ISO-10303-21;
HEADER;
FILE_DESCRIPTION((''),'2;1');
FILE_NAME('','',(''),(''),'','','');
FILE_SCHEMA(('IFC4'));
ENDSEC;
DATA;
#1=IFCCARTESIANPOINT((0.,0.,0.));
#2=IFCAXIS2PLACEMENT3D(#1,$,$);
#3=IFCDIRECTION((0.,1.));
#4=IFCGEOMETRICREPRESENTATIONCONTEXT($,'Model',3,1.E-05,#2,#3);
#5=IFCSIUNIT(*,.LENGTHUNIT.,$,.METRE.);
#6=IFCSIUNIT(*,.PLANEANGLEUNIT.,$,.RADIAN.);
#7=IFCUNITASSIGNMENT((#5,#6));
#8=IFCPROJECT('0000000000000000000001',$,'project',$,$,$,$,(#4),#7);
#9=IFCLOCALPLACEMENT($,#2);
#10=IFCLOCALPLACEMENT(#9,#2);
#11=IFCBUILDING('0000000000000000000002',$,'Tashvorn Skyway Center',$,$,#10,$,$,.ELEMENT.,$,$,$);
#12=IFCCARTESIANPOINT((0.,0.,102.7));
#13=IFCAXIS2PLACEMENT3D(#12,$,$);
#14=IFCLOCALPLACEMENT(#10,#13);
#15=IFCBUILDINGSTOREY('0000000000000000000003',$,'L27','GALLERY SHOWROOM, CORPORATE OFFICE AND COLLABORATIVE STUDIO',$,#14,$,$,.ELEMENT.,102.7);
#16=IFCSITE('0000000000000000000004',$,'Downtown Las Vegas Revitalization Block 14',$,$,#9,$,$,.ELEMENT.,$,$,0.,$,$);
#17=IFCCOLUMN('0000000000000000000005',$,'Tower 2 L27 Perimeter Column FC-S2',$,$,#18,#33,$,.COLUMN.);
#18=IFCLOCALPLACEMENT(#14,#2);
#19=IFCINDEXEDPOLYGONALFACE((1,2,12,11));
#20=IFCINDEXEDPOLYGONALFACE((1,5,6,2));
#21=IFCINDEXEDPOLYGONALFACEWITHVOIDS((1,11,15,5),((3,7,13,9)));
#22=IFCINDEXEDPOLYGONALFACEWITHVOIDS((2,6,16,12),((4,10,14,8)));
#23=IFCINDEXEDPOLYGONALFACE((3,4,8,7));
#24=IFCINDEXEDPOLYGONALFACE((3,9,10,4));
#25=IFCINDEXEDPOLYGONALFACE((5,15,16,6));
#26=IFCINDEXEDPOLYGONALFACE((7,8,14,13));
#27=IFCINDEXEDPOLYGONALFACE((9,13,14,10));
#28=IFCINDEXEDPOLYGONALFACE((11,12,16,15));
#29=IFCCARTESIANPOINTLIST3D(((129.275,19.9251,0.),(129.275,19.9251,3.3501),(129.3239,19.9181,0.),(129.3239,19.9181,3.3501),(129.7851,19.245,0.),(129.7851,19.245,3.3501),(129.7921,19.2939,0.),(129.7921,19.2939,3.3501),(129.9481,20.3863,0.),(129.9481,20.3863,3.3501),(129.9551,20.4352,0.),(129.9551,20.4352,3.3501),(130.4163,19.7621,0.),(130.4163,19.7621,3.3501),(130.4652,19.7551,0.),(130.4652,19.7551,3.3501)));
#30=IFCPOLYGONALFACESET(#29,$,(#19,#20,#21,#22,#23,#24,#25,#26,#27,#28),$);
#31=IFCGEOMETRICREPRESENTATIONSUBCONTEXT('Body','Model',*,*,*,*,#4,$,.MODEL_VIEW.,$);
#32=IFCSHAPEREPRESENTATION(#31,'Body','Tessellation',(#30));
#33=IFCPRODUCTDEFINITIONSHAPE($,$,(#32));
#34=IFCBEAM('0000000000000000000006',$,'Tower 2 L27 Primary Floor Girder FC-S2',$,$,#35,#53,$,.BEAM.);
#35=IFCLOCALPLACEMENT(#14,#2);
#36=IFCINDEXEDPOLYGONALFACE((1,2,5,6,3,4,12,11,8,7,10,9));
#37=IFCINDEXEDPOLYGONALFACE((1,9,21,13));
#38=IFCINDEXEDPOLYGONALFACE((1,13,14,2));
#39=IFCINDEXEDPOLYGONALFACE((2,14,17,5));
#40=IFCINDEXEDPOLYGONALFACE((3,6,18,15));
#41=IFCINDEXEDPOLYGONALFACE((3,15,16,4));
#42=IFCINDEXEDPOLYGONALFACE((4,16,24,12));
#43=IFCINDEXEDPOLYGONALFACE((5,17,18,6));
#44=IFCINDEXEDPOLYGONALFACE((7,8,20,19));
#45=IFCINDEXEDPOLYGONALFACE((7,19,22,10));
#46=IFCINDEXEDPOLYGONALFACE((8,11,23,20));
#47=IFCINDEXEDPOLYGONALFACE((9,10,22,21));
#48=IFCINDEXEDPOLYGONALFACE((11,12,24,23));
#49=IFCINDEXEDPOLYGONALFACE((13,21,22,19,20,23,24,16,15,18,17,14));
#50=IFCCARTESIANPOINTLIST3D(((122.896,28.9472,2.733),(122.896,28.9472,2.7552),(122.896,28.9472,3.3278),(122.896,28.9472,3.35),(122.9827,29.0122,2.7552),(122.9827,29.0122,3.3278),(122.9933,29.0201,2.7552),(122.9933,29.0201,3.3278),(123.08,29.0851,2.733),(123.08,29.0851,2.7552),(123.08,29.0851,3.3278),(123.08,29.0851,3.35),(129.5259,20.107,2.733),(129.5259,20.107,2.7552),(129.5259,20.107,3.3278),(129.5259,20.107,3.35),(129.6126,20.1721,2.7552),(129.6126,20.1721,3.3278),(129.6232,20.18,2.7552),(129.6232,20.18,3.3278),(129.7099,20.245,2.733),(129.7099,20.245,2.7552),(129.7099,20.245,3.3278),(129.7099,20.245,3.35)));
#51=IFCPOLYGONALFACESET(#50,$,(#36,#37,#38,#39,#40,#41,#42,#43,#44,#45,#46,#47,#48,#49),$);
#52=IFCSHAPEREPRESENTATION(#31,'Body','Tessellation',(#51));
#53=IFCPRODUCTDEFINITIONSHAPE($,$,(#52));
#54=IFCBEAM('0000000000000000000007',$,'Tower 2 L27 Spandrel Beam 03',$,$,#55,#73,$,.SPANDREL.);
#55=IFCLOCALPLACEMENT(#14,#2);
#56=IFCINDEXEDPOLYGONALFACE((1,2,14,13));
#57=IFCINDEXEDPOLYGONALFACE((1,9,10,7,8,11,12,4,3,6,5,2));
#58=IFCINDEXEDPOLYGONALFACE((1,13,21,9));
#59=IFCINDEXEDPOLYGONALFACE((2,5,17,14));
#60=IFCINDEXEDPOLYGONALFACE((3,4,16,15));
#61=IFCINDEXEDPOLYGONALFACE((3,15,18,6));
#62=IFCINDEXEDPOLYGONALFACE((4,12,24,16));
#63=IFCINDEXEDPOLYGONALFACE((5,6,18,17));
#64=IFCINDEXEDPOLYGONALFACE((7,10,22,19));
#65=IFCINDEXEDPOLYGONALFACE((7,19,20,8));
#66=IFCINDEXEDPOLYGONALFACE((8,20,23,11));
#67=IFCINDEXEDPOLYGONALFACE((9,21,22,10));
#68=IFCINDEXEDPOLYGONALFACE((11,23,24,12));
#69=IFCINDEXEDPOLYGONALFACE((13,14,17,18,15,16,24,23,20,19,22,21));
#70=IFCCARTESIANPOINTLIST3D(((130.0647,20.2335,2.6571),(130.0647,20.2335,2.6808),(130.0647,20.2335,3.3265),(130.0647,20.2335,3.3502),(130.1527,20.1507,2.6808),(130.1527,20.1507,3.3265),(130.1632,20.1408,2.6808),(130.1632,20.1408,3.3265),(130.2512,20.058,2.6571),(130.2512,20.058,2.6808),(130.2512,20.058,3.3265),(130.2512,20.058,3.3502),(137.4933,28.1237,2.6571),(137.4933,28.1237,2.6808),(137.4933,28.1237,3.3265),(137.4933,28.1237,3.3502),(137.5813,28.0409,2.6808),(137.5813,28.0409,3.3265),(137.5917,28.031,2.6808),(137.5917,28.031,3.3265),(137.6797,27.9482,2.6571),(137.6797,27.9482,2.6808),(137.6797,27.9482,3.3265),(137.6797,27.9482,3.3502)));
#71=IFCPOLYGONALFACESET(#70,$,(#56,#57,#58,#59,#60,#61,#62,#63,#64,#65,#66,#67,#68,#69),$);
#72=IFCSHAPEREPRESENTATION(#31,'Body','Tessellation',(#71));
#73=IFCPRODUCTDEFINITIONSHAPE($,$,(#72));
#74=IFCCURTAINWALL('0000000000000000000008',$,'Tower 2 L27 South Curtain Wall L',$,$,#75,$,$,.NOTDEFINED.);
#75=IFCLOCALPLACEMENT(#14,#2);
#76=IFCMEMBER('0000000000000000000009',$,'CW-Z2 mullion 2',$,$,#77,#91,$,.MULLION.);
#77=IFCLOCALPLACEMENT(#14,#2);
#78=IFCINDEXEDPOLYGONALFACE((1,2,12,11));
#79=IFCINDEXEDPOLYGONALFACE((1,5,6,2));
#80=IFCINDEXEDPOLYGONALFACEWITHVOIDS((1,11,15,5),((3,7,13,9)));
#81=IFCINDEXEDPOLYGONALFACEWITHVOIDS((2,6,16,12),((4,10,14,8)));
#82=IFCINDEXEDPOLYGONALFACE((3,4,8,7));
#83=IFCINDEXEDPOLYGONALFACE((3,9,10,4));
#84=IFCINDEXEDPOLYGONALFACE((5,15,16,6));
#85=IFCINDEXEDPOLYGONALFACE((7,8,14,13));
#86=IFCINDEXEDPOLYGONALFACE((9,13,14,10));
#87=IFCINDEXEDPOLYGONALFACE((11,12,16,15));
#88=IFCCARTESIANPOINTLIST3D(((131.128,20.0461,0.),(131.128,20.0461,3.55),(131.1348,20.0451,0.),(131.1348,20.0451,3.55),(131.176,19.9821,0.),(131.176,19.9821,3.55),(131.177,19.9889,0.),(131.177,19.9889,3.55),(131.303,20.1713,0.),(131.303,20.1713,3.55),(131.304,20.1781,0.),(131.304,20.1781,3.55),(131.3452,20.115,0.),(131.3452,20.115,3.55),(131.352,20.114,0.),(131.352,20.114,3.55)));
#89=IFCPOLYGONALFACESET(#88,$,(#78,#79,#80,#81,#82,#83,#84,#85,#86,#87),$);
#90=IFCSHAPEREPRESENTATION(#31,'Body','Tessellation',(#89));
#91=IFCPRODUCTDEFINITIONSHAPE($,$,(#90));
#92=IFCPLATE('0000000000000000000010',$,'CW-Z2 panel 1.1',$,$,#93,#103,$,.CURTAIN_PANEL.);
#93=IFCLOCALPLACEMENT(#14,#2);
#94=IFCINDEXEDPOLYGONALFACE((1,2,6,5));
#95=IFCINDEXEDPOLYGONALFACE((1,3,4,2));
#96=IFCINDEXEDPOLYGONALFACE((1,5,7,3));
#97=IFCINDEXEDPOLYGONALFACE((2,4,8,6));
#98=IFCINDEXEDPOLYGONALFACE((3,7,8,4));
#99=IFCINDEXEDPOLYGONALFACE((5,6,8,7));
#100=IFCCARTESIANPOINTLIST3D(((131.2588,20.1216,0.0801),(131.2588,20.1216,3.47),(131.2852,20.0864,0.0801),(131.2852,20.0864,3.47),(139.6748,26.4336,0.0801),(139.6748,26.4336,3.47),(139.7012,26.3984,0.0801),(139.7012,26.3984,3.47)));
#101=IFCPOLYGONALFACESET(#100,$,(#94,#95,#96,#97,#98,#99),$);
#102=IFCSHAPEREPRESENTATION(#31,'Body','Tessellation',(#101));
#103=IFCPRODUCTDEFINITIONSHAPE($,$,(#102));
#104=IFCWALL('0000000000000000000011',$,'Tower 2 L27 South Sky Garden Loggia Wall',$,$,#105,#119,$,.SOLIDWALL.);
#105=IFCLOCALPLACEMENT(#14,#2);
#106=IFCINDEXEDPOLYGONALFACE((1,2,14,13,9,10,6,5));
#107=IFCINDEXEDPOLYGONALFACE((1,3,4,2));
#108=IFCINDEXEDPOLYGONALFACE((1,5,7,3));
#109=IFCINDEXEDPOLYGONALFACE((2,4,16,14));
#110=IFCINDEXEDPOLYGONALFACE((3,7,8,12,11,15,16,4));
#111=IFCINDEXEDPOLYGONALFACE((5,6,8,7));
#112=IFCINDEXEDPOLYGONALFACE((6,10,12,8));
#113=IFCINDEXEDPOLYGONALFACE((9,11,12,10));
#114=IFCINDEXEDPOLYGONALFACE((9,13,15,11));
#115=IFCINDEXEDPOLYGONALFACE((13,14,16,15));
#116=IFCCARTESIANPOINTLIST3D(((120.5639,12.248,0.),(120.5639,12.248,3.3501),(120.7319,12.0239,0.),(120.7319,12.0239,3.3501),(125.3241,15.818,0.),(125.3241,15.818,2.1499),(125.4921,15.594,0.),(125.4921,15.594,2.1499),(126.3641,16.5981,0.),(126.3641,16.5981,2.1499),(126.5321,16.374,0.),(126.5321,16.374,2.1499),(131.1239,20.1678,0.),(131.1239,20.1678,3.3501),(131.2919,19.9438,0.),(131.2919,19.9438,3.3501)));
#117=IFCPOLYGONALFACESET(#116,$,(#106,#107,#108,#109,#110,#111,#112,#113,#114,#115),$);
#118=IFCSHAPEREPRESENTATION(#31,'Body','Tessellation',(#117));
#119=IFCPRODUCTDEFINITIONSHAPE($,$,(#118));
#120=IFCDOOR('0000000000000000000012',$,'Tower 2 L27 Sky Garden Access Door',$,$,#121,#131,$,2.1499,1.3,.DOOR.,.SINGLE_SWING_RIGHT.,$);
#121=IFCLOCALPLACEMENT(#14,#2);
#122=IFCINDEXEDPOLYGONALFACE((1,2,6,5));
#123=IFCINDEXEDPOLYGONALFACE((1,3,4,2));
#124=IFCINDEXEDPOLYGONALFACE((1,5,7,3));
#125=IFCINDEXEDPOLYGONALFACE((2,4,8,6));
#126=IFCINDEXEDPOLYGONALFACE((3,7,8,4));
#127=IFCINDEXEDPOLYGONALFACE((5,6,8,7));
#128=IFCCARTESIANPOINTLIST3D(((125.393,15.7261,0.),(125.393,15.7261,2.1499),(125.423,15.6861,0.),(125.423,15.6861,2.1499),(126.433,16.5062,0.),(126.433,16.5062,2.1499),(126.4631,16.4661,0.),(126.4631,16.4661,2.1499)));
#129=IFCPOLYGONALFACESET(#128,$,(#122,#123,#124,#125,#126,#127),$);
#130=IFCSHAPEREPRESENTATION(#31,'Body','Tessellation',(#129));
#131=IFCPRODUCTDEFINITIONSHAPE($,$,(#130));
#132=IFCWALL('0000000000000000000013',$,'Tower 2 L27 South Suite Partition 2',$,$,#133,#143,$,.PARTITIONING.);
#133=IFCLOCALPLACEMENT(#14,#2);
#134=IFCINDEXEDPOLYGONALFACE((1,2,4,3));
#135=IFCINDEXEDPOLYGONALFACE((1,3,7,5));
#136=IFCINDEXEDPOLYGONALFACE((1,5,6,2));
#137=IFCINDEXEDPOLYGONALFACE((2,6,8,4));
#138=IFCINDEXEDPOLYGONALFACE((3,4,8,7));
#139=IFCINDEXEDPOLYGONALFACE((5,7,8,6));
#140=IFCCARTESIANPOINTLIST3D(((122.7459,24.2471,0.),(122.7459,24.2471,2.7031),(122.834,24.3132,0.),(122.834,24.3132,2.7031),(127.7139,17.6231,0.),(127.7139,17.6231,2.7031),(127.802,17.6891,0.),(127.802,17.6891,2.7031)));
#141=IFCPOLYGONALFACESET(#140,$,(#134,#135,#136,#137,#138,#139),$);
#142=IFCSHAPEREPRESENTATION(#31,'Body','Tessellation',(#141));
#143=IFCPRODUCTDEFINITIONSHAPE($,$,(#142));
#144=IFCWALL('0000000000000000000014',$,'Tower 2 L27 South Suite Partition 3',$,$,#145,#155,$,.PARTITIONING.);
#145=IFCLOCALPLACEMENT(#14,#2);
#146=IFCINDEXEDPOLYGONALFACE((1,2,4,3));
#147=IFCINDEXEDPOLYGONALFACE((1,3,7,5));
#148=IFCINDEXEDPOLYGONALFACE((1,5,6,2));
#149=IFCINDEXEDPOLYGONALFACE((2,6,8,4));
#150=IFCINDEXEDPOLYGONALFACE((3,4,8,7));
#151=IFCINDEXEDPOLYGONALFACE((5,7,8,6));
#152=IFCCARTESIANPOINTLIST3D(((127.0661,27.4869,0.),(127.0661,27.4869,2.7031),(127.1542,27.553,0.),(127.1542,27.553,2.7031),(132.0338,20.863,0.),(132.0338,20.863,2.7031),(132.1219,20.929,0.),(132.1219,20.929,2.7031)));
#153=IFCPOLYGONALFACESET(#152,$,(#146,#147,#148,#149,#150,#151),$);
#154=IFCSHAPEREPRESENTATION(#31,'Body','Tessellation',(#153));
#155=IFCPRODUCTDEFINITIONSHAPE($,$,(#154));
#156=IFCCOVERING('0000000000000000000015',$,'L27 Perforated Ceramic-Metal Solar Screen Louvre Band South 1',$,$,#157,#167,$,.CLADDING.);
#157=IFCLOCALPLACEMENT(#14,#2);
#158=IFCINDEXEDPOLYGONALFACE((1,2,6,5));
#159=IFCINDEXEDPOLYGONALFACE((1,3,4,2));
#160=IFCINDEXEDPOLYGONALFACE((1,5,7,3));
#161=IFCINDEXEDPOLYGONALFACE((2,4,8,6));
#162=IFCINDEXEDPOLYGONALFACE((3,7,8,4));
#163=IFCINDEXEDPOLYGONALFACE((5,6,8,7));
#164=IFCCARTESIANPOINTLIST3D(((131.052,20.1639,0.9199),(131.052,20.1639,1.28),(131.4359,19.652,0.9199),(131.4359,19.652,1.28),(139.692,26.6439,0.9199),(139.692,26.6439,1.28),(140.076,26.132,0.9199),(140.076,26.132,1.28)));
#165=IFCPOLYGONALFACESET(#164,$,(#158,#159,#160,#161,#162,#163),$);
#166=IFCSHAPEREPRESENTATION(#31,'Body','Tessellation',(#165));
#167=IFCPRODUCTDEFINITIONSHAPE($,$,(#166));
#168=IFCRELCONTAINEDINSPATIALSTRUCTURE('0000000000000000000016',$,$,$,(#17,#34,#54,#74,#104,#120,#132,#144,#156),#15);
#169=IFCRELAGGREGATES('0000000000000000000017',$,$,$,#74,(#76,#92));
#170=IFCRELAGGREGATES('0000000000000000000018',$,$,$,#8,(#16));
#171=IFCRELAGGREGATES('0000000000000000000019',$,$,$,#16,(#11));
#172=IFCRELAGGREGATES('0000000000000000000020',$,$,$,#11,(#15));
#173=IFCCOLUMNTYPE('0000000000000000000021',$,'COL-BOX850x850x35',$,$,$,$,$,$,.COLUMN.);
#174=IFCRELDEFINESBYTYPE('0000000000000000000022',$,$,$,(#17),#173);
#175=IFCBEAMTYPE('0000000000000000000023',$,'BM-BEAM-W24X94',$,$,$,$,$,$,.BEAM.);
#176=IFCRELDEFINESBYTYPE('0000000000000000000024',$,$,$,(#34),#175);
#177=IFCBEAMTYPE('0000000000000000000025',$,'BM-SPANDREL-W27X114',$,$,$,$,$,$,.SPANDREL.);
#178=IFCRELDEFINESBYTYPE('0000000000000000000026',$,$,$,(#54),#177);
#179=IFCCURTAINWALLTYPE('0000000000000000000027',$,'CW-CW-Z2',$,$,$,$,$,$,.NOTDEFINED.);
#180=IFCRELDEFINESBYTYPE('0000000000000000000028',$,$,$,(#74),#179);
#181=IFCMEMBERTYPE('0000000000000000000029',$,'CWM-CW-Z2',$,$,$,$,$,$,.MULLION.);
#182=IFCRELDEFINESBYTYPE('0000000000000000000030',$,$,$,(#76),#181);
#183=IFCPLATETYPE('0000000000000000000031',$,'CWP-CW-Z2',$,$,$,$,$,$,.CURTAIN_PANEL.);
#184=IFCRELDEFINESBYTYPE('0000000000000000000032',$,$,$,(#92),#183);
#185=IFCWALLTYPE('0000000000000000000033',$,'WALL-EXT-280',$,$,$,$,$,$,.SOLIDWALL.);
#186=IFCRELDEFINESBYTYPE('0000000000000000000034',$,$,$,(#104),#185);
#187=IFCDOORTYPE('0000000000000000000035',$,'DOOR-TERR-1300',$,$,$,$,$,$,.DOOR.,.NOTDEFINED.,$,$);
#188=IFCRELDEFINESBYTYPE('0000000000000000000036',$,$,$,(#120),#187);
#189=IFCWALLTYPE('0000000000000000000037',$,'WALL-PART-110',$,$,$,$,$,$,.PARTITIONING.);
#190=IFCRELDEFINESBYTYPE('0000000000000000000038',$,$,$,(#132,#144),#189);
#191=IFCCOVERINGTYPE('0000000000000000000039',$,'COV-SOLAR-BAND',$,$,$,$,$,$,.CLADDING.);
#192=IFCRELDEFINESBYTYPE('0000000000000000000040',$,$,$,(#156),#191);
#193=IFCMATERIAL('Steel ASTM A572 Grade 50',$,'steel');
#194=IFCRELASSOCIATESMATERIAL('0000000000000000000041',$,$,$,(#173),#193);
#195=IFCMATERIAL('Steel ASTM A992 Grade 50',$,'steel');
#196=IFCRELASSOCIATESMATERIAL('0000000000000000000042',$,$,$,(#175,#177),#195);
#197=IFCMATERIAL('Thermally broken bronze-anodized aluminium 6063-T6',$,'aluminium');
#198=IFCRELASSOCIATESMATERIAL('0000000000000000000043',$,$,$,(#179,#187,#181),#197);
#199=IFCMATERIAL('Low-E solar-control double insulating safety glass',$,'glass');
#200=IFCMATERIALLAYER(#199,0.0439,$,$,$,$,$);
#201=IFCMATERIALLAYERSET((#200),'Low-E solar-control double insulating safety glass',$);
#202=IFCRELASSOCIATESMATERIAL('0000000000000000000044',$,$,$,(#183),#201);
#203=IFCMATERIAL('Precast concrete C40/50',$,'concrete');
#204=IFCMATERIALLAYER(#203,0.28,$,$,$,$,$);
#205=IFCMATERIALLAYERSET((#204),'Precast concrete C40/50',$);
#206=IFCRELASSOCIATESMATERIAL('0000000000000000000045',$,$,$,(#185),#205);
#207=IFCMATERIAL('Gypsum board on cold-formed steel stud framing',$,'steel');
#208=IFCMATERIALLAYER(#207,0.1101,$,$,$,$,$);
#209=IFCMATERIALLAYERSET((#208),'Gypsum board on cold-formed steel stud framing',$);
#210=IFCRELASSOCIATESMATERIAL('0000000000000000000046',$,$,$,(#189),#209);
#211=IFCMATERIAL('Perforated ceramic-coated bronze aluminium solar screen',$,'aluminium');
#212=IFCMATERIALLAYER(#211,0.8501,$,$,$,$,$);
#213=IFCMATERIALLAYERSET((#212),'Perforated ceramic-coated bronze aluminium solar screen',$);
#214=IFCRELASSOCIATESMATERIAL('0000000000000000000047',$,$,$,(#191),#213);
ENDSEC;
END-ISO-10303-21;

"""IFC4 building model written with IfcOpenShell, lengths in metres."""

from ifc_helpers import new_model, si_unit, direction, frame, frame_2d, origin, origin_2d, place, context, subcontext, project, spatial, rectangle, hollow_rectangle, i_section, extrude, material, layer, layer_set, material_profile, profile_set, type_object, element, fill, aggregate, save


model = new_model("IFC4")

# Units and contexts
model_context = context("Model", 3, precision=1e-05, world=origin(), true_north=direction((0.0, 1.0)))
body_context = subcontext(model_context, "Body", "Model", "MODEL_VIEW")
ifc_project = project(units=[si_unit("LENGTHUNIT", "METRE"), si_unit("PLANEANGLEUNIT", "RADIAN")], contexts=[model_context])

# Site, building, storey
site_placement = place(None, origin())
site = spatial("IfcSite", under=ifc_project, at=site_placement, Name="Downtown Las Vegas Revitalization Block 14", CompositionType="ELEMENT", RefElevation=0.0)
building_placement = place(site_placement, origin())
building = spatial("IfcBuilding", under=site, at=building_placement, Name="Tashvorn Skyway Center", CompositionType="ELEMENT")
storey_placement = place(building_placement, frame((0.0, 0.0, 102.7)))
storey = spatial("IfcBuildingStorey", under=building, at=storey_placement, Name="L27", Description="GALLERY SHOWROOM, CORPORATE OFFICE AND COLLABORATIVE STUDIO", CompositionType="ELEMENT", Elevation=102.7)

# Column
ifc_material_1 = material(Name="Steel ASTM A572 Grade 50", Category="steel")
ifc_material_profile_1 = material_profile(ifc_material_1, hollow_rectangle(XDim=0.8501, YDim=0.8501, WallThickness=0.0349, at=origin_2d()), Name="BOX850x850x35")
ifc_profile_set_1 = profile_set([ifc_material_profile_1], Name="Steel ASTM A572 Grade 50")
column_type = type_object("IfcColumnType", Name="COL-BOX850x850x35", PredefinedType="COLUMN", material=ifc_profile_set_1)
column_placement = place(storey_placement, frame((129.8701, 19.8401, 0.0), z_axis=(0.0, 0.0, 1.0), x_axis=(0.8, 0.6, 0.0)))
element("IfcColumn", 1, at=column_placement, inside=storey, type_object=column_type, Name="Tower 2 L27 Perimeter Column FC-S2", PredefinedType="COLUMN", context=body_context, shape_type="SweptSolid", body=[
    extrude(hollow_rectangle(XDim=0.8501, YDim=0.8501, WallThickness=0.0349, at=origin_2d()), origin(), (0.0, 0.0, 1.0), 3.3501),
])

# Beams
ifc_material_2 = material(Name="Steel ASTM A992 Grade 50", Category="steel")
ifc_material_profile_2 = material_profile(ifc_material_2, i_section(OverallWidth=0.23, OverallDepth=0.6169, WebThickness=0.0132, FlangeThickness=0.0222, at=origin_2d()), Name="W24X94")
ifc_profile_set_2 = profile_set([ifc_material_profile_2], Name="Steel ASTM A992 Grade 50")
beam_type_1 = type_object("IfcBeamType", Name="BM-BEAM-W24X94", PredefinedType="BEAM", material=ifc_profile_set_2)
beam_1_placement = place(storey_placement, frame((129.6179, 20.176, 3.0415), z_axis=(-0.599989, 0.800008, 0.0), x_axis=(-0.800008, -0.599989, 0.0)))
element("IfcBeam", 2, at=beam_1_placement, inside=storey, type_object=beam_type_1, Name="Tower 2 L27 Primary Floor Girder FC-S2", PredefinedType="BEAM", context=body_context, shape_type="SweptSolid", body=[
    extrude(i_section(OverallWidth=0.23, OverallDepth=0.6169, WebThickness=0.0132, FlangeThickness=0.0222, at=origin_2d()), origin(), (0.0, 0.0, 1.0), 11.05),
])
ifc_material_profile_3 = material_profile(ifc_material_2, i_section(OverallWidth=0.2561, OverallDepth=0.6931, WebThickness=0.0144, FlangeThickness=0.0237, at=origin_2d()), Name="W27X114")
ifc_profile_set_3 = profile_set([ifc_material_profile_3], Name="Steel ASTM A992 Grade 50")
beam_type_2 = type_object("IfcBeamType", Name="BM-SPANDREL-W27X114", PredefinedType="SPANDREL", material=ifc_profile_set_3)
beam_2_placement = place(storey_placement, frame((130.158, 20.1458, 3.0037), z_axis=(0.685485, 0.728087, 0.0), x_axis=(-0.728087, 0.685485, 0.0)))
element("IfcBeam", 3, at=beam_2_placement, inside=storey, type_object=beam_type_2, Name="Tower 2 L27 Spandrel Beam 03", PredefinedType="SPANDREL", context=body_context, shape_type="SweptSolid", body=[
    extrude(i_section(OverallWidth=0.2561, OverallDepth=0.6931, WebThickness=0.0144, FlangeThickness=0.0237, at=origin_2d()), origin(), (0.0, 0.0, 1.0), 10.8369),
])

# Curtain wall, member, plate
ifc_material_3 = material(Name="Thermally broken bronze-anodized aluminium 6063-T6", Category="aluminium")
curtain_wall_type = type_object("IfcCurtainWallType", Name="CW-CW-Z2", PredefinedType="NOTDEFINED", material=ifc_material_3)
curtain_wall_placement = place(storey_placement, origin())
curtain_wall = element("IfcCurtainWall", 4, at=curtain_wall_placement, inside=storey, type_object=curtain_wall_type, Name="Tower 2 L27 South Curtain Wall L", PredefinedType="NOTDEFINED")
ifc_material_profile_4 = material_profile(ifc_material_3, hollow_rectangle(XDim=0.0801, YDim=0.22, WallThickness=0.0049, at=origin_2d()), Name="ALU-MULL-80x220")
ifc_profile_set_4 = profile_set([ifc_material_profile_4], Name="Thermally broken bronze-anodized aluminium 6063-T6")
member_type = type_object("IfcMemberType", Name="CWM-CW-Z2", PredefinedType="MULLION", material=ifc_profile_set_4)
member_placement = place(storey_placement, frame((131.24, 20.0801, 0.0), z_axis=(0.0, 0.0, 1.0), x_axis=(0.6, -0.8, 0.0)))
member = element("IfcMember", 5, at=member_placement, type_object=member_type, Name="CW-Z2 mullion 2", PredefinedType="MULLION", context=body_context, shape_type="SweptSolid", body=[
    extrude(hollow_rectangle(XDim=0.0801, YDim=0.22, WallThickness=0.0049, at=origin_2d()), origin(), (0.0, 0.0, 1.0), 3.55),
])
ifc_material_4 = material(Name="Low-E solar-control double insulating safety glass", Category="glass")
ifc_layer_1 = layer(ifc_material_4, 0.0439)
ifc_layer_set_1 = layer_set([ifc_layer_1], Name="Low-E solar-control double insulating safety glass")
plate_type = type_object("IfcPlateType", Name="CWP-CW-Z2", PredefinedType="CURTAIN_PANEL", material=ifc_layer_set_1)
plate_placement = place(storey_placement, frame((135.48, 23.26, 0.0801), z_axis=(0.0, 0.0, 1.0), x_axis=(-0.8, -0.6, 0.0)))
plate = element("IfcPlate", 6, at=plate_placement, type_object=plate_type, Name="CW-Z2 panel 1.1", PredefinedType="CURTAIN_PANEL", context=body_context, shape_type="SweptSolid", body=[
    extrude(rectangle(XDim=10.52, YDim=0.0439, at=origin_2d()), origin(), (0.0, 0.0, 1.0), 3.3899),
])
aggregate(curtain_wall, [member, plate])

# Wall, opening, door
ifc_material_5 = material(Name="Precast concrete C40/50", Category="concrete")
ifc_layer_2 = layer(ifc_material_5, 0.28)
ifc_layer_set_2 = layer_set([ifc_layer_2], Name="Precast concrete C40/50")
wall_type_1 = type_object("IfcWallType", Name="WALL-EXT-280", PredefinedType="SOLIDWALL", material=ifc_layer_set_2)
wall_1_placement = place(storey_placement, frame((131.208, 20.0559, 0.0), z_axis=(0.0, 0.0, 1.0), x_axis=(-0.800004, -0.599994, 0.0)))
wall_1 = element("IfcWall", 7, at=wall_1_placement, inside=storey, type_object=wall_type_1, Name="Tower 2 L27 South Sky Garden Loggia Wall", PredefinedType="SOLIDWALL", context=body_context, shape_type="SweptSolid", body=[
    extrude(rectangle(XDim=13.2, YDim=0.28, at=frame_2d((6.6001, 0.0))), origin(), (0.0, 0.0, 1.0), 3.3501),
])
opening_placement = place(wall_1_placement, frame((5.95, 0.0, 0.0)))
opening = element("IfcOpeningElement", 8, at=opening_placement, cuts=wall_1, PredefinedType="OPENING", context=body_context, shape_type="SweptSolid", body=[
    extrude(rectangle(XDim=1.3, YDim=2.1499, at=frame_2d((0.6499, 1.075))), frame((0.0, 0.1499, 0.0), z_axis=(0.0, -1.0, 0.0), x_axis=(1.0, 0.0, 0.0)), (0.0, 0.0, 1.0), 0.3),
])
door_type = type_object("IfcDoorType", Name="DOOR-TERR-1300", OperationType="NOTDEFINED", PredefinedType="DOOR", material=ifc_material_3)
door_placement = place(opening_placement, origin())
door = element("IfcDoor", 9, at=door_placement, inside=storey, type_object=door_type, Name="Tower 2 L27 Sky Garden Access Door", OperationType="SINGLE_SWING_RIGHT", OverallHeight=2.1499, OverallWidth=1.3, PredefinedType="DOOR", context=body_context, shape_type="SweptSolid", body=[
    extrude(rectangle(XDim=1.3, YDim=2.1499, at=frame_2d((0.6499, 1.075))), frame((0.0, 0.0249, 0.0), z_axis=(0.0, -1.0, 0.0), x_axis=(1.0, 0.0, 0.0)), (0.0, 0.0, 1.0), 0.05),
])
fill(opening, door)

# Walls
ifc_material_6 = material(Name="Gypsum board on cold-formed steel stud framing", Category="steel")
ifc_layer_3 = layer(ifc_material_6, 0.1101)
ifc_layer_set_3 = layer_set([ifc_layer_3], Name="Gypsum board on cold-formed steel stud framing")
wall_type_2 = type_object("IfcWallType", Name="WALL-PART-110", PredefinedType="PARTITIONING", material=ifc_layer_set_3)
wall_2_placement = place(storey_placement, frame((127.7581, 17.656, 0.0), z_axis=(0.0, 0.0, 1.0), x_axis=(-0.6, 0.8, 0.0)))
element("IfcWall", 10, at=wall_2_placement, inside=storey, type_object=wall_type_2, Name="Tower 2 L27 South Suite Partition 2", PredefinedType="PARTITIONING", context=body_context, shape_type="SweptSolid", body=[
    extrude(rectangle(XDim=8.28, YDim=0.1101, at=frame_2d((4.1401, 0.0))), origin(), (0.0, 0.0, 1.0), 2.7031),
])
wall_3_placement = place(storey_placement, frame((132.0779, 20.896, 0.0), z_axis=(0.0, 0.0, 1.0), x_axis=(-0.599981, 0.800014, 0.0)))
element("IfcWall", 11, at=wall_3_placement, inside=storey, type_object=wall_type_2, Name="Tower 2 L27 South Suite Partition 3", PredefinedType="PARTITIONING", context=body_context, shape_type="SweptSolid", body=[
    extrude(rectangle(XDim=8.2798, YDim=0.1101, at=frame_2d((4.1399, 0.0))), origin(), (0.0, 0.0, 1.0), 2.7031),
])

# Covering
ifc_material_7 = material(Name="Perforated ceramic-coated bronze aluminium solar screen", Category="aluminium")
ifc_layer_4 = layer(ifc_material_7, 0.8501)
ifc_layer_set_4 = layer_set([ifc_layer_4], Name="Perforated ceramic-coated bronze aluminium solar screen")
covering_type_1 = type_object("IfcCoveringType", Name="COV-SOLAR-BAND", PredefinedType="CLADDING", material=ifc_layer_set_4)
for number, where, z_axis, x_axis, name in (
    (12, (135.564, 23.1479, 0.9199), (0.0, 0.0, 1.0), (-0.8, -0.6, 0.0), "L27 Perforated Ceramic-Metal Solar Screen Louvre Band South 1"),
):
    element("IfcCovering", number, at=place(storey_placement, frame(where, z_axis=z_axis, x_axis=x_axis)), inside=storey, type_object=covering_type_1, Name=name, PredefinedType="CLADDING", context=body_context, shape_type="SweptSolid", body=[
        extrude(rectangle(XDim=10.8, YDim=0.6399, at=origin_2d()), origin(), (0.0, 0.0, 1.0), 0.3601),
    ])

save(model, "model.ifc")
